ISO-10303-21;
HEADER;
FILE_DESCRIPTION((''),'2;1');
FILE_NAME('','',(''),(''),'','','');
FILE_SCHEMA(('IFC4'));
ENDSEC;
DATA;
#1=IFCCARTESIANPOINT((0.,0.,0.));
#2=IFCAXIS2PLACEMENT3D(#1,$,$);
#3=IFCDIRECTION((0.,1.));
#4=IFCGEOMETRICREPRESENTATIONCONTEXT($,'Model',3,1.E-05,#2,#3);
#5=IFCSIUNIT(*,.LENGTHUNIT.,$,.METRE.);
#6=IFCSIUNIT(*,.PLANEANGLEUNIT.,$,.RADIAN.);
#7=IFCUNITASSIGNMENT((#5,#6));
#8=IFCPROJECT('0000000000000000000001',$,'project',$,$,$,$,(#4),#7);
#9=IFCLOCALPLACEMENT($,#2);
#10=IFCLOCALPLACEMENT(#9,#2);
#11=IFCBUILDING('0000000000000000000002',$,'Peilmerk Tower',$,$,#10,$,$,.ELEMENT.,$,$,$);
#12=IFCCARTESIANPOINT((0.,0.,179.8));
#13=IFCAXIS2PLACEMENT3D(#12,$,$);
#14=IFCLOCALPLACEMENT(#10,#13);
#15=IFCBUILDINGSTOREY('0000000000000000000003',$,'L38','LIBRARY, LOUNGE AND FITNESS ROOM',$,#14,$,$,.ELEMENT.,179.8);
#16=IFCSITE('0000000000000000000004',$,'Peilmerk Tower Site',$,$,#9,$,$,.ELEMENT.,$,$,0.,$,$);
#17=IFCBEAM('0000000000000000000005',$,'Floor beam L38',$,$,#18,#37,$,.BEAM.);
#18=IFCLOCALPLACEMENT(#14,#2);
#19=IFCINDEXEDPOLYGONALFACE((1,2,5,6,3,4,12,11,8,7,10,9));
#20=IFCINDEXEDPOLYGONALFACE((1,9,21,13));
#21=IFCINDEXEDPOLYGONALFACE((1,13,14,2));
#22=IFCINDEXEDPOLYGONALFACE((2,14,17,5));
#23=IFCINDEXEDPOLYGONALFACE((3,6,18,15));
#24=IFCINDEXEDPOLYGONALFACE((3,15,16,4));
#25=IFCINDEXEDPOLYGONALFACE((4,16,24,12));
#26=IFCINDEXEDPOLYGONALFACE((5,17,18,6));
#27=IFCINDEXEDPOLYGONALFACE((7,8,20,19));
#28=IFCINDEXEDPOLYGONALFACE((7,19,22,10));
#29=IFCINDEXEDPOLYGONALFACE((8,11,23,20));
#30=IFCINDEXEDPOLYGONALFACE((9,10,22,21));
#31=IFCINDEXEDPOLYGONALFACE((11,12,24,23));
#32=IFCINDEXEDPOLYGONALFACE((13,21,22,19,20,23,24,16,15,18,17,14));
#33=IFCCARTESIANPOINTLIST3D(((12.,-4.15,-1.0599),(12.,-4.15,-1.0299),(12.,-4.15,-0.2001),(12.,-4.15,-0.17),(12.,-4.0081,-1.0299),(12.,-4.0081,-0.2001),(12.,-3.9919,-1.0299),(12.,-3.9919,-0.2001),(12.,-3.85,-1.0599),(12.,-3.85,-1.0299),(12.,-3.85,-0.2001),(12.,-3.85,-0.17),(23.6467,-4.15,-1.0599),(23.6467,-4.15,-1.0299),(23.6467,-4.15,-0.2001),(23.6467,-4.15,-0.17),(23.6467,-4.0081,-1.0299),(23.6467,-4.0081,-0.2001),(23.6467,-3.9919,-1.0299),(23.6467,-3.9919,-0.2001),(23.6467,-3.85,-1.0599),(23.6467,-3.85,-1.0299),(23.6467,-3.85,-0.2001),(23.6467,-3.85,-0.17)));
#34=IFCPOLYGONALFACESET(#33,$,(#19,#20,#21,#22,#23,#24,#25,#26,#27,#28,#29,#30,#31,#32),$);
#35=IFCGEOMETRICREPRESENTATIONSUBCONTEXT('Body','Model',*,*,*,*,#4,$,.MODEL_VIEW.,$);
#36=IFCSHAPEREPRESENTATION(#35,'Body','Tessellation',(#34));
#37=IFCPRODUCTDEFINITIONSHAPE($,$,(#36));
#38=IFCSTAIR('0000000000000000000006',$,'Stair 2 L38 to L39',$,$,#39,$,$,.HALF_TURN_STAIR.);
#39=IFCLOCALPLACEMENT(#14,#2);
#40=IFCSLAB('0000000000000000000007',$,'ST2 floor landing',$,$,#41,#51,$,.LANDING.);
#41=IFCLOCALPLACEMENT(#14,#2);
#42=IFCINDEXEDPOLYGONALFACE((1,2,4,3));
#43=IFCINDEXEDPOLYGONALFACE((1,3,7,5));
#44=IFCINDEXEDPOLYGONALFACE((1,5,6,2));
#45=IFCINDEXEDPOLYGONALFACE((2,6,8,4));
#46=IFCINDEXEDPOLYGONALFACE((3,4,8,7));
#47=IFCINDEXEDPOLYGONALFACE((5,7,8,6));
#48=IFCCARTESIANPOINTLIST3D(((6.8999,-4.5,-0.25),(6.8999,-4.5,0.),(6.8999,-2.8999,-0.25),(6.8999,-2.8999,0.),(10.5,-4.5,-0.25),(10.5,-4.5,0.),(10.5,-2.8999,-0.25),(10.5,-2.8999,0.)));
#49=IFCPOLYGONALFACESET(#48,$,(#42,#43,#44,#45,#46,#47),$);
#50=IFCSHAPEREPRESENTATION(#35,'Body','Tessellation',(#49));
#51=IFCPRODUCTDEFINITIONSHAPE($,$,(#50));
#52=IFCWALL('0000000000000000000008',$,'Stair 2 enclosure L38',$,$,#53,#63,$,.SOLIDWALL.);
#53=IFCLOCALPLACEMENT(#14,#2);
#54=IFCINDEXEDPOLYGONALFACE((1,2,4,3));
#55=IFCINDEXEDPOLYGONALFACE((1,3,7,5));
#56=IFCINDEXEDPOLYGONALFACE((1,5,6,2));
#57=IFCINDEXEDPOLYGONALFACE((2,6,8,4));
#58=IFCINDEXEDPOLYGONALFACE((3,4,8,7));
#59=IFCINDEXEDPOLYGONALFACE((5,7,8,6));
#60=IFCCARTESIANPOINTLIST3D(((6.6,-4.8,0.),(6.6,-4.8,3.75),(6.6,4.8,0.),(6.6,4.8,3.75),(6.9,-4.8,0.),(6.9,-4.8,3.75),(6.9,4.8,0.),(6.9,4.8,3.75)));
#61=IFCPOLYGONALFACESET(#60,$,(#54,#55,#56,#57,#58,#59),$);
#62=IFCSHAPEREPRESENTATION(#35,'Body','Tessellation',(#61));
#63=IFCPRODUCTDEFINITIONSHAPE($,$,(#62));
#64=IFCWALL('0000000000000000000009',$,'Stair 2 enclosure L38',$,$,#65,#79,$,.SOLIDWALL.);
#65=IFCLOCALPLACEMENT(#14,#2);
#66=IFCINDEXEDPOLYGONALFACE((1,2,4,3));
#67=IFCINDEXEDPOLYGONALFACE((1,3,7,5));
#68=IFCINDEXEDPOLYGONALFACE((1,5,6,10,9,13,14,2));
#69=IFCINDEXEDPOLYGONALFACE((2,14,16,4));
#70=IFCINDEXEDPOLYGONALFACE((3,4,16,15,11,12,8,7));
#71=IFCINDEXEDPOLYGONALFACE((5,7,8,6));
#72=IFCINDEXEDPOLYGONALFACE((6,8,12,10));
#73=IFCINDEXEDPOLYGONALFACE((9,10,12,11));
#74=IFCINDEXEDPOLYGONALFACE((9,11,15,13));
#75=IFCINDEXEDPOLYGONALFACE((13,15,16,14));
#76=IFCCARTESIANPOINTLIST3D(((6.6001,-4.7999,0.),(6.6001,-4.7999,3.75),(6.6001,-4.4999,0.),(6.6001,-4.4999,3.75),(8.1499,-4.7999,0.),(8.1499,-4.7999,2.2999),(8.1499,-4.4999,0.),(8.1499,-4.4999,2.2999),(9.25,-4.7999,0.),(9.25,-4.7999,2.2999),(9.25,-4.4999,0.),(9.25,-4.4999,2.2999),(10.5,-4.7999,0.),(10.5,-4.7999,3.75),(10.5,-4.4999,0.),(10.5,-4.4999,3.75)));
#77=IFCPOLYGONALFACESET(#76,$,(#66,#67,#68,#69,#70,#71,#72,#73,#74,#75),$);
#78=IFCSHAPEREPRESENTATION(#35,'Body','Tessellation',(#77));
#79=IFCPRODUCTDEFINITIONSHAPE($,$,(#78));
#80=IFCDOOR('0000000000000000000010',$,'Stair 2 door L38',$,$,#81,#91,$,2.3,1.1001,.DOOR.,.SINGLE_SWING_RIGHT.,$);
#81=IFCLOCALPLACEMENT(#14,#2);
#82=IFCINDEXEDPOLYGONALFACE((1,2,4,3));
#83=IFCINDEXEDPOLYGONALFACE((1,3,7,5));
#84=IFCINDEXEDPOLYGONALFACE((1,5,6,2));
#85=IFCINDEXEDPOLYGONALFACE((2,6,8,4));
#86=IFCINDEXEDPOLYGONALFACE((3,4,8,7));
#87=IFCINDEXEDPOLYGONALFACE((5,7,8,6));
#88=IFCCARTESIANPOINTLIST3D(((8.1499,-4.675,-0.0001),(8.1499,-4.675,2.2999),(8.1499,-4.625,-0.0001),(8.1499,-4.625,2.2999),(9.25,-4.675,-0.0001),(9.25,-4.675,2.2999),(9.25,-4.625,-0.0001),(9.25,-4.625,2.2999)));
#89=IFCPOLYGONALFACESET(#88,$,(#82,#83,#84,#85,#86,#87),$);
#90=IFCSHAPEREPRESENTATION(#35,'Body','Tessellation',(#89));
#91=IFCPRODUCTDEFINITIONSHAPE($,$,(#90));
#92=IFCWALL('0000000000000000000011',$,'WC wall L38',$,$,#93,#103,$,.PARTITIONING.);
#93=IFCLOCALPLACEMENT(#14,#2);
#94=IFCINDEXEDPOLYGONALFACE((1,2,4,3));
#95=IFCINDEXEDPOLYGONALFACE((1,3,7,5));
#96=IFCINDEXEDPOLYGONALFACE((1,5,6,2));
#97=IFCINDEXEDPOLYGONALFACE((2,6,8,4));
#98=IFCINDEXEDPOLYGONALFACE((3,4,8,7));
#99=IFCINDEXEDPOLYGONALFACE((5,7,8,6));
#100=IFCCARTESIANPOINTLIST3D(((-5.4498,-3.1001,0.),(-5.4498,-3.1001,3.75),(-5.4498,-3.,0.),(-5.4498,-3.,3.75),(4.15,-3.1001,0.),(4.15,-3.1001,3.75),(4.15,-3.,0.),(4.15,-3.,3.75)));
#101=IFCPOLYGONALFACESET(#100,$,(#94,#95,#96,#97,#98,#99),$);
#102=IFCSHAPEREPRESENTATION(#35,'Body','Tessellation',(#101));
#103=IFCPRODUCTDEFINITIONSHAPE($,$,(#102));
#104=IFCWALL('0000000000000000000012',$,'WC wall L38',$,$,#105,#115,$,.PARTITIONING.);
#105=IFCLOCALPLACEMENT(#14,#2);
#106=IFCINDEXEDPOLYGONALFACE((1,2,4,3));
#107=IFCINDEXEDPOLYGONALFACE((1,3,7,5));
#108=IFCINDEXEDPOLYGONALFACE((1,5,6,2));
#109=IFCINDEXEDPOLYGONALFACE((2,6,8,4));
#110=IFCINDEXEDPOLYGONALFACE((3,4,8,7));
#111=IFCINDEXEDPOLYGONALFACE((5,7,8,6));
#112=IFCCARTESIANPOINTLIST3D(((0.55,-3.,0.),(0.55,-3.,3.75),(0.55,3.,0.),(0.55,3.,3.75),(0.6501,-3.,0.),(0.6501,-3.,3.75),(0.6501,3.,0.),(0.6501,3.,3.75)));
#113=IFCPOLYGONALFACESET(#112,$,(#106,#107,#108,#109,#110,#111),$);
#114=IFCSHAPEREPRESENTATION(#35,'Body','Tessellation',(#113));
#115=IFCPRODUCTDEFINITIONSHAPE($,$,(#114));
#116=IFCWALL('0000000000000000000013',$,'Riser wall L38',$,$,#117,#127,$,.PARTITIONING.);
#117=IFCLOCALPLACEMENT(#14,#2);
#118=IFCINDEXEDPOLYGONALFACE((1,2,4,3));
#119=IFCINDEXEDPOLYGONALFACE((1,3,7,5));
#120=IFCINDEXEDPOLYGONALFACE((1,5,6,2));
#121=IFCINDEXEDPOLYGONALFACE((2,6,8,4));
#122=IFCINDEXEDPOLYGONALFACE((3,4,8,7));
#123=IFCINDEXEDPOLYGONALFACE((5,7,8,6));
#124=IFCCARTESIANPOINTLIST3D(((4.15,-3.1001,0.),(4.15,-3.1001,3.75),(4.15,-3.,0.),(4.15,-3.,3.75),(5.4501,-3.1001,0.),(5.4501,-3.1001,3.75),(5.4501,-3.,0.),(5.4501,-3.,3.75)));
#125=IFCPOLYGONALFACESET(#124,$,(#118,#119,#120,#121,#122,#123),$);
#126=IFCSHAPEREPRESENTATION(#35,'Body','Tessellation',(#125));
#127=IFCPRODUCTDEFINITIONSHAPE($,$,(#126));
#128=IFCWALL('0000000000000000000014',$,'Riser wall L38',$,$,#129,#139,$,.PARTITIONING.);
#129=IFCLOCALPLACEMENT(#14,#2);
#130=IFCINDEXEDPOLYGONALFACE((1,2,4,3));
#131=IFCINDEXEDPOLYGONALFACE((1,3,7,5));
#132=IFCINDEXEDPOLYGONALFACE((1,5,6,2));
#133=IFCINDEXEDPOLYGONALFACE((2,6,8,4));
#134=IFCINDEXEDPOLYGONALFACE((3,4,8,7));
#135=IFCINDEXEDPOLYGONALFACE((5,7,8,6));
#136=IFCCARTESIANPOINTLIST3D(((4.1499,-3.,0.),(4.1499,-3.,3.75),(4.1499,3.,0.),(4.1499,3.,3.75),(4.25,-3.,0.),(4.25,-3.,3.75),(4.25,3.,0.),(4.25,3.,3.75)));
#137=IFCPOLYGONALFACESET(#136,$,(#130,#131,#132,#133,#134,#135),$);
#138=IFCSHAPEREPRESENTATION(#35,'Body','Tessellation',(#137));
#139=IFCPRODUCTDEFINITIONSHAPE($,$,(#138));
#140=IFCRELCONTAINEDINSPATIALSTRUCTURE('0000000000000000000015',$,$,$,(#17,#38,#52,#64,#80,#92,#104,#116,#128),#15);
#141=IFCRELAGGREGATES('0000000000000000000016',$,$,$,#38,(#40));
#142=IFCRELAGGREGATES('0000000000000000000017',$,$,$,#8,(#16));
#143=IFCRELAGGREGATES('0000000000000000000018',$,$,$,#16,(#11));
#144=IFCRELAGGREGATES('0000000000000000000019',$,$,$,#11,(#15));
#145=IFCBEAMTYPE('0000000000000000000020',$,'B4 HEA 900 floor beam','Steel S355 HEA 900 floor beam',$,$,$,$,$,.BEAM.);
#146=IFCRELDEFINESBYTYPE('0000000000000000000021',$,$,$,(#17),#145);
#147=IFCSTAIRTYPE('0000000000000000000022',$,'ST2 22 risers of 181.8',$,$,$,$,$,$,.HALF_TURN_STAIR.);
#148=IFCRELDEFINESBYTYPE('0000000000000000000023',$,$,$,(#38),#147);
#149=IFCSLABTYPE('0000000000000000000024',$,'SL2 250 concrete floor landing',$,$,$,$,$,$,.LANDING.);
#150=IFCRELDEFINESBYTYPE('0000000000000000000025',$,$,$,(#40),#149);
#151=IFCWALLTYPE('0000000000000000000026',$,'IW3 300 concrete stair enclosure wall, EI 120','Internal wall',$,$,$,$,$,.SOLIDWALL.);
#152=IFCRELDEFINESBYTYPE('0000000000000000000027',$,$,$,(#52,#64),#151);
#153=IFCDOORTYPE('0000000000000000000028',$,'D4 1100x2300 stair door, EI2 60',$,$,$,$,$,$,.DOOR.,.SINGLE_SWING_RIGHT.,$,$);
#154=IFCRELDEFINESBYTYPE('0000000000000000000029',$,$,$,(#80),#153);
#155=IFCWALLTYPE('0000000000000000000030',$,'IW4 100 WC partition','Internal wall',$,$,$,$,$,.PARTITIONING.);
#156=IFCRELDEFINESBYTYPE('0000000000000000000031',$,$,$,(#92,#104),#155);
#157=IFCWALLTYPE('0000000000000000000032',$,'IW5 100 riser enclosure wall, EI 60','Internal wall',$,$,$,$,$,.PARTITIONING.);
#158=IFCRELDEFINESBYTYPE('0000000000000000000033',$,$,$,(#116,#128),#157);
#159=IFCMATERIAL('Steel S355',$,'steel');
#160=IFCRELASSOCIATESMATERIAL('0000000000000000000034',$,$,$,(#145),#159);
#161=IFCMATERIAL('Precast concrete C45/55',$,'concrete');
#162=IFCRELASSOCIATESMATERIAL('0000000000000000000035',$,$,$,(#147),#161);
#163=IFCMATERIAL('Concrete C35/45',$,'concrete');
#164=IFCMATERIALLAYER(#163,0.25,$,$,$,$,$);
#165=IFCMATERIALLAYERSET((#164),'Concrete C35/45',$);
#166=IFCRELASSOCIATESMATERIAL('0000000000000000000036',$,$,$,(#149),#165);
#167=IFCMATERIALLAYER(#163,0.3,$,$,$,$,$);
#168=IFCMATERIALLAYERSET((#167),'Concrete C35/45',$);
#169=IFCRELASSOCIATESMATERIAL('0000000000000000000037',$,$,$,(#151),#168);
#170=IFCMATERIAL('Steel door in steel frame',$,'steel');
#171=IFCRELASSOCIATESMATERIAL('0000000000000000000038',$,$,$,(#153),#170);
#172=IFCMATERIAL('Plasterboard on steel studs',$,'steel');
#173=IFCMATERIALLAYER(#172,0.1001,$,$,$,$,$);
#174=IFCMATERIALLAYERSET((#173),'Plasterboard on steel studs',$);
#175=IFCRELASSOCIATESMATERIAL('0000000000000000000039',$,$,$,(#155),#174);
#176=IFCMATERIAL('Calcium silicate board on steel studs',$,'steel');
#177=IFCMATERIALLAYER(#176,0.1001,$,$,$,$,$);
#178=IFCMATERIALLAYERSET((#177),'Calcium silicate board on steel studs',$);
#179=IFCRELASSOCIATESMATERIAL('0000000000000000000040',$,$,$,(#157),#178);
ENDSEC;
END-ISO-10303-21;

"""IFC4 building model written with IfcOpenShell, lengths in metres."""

from ifc_helpers import new_model, si_unit, direction, frame, frame_2d, origin, origin_2d, place, context, subcontext, project, spatial, polyline, rectangle, i_section, outline, extrude, material, layer, layer_set, material_profile, profile_set, type_object, element, fill, aggregate, save


model = new_model("IFC4")

# Units and contexts
model_context = context("Model", 3, precision=1e-05, world=origin(), true_north=direction((0.0, 1.0)))
body_context = subcontext(model_context, "Body", "Model", "MODEL_VIEW")
ifc_project = project(units=[si_unit("LENGTHUNIT", "METRE"), si_unit("PLANEANGLEUNIT", "RADIAN")], contexts=[model_context])

# Site, building, storey
site_placement = place(None, origin())
site = spatial("IfcSite", under=ifc_project, at=site_placement, Name="Peilmerk Tower Site", CompositionType="ELEMENT", RefElevation=0.0)
building_placement = place(site_placement, origin())
building = spatial("IfcBuilding", under=site, at=building_placement, Name="Peilmerk Tower", CompositionType="ELEMENT")
storey_placement = place(building_placement, frame((0.0, 0.0, 179.8)))
storey = spatial("IfcBuildingStorey", under=building, at=storey_placement, Name="L38", Description="LIBRARY, LOUNGE AND FITNESS ROOM", CompositionType="ELEMENT", Elevation=179.8)

# Beam
ifc_material_1 = material(Name="Steel S355", Category="steel")
ifc_material_profile = material_profile(ifc_material_1, i_section(OverallWidth=0.3, OverallDepth=0.8899, WebThickness=0.0161, FlangeThickness=0.03, at=origin_2d()), Name="HEA 900")
ifc_profile_set = profile_set([ifc_material_profile], Name="Steel S355")
beam_type = type_object("IfcBeamType", Name="B4 HEA 900 floor beam", Description="Steel S355 HEA 900 floor beam", PredefinedType="BEAM", material=ifc_profile_set)
beam_placement = place(storey_placement, frame((12.0, -4.0, -0.615), z_axis=(1.0, 0.0, 0.0), x_axis=(0.0, 1.0, 0.0)))
element("IfcBeam", 1, at=beam_placement, inside=storey, type_object=beam_type, Name="Floor beam L38", PredefinedType="BEAM", context=body_context, shape_type="SweptSolid", body=[
    extrude(i_section(OverallWidth=0.3, OverallDepth=0.8899, WebThickness=0.0161, FlangeThickness=0.03, at=origin_2d()), origin(), (0.0, 0.0, 1.0), 11.6467),
])

# Stair, slab
ifc_material_2 = material(Name="Precast concrete C45/55", Category="concrete")
stair_type = type_object("IfcStairType", Name="ST2 22 risers of 181.8", PredefinedType="HALF_TURN_STAIR", material=ifc_material_2)
stair_placement = place(storey_placement, origin())
stair = element("IfcStair", 2, at=stair_placement, inside=storey, type_object=stair_type, Name="Stair 2 L38 to L39", PredefinedType="HALF_TURN_STAIR")
ifc_material_3 = material(Name="Concrete C35/45", Category="concrete")
ifc_layer_1 = layer(ifc_material_3, 0.25)
ifc_layer_set_1 = layer_set([ifc_layer_1], Name="Concrete C35/45")
slab_type = type_object("IfcSlabType", Name="SL2 250 concrete floor landing", PredefinedType="LANDING", material=ifc_layer_set_1)
slab_placement = place(storey_placement, frame((0.0, 0.0, -0.25)))
slab = element("IfcSlab", 3, at=slab_placement, type_object=slab_type, Name="ST2 floor landing", PredefinedType="LANDING", context=body_context, shape_type="SweptSolid", body=[
    extrude(outline(polyline([(6.8999, -4.5), (10.5, -4.5), (10.5, -2.8999), (6.8999, -2.8999), (6.8999, -4.5)])), origin(), (0.0, 0.0, 1.0), 0.25),
])

# Wall
ifc_layer_2 = layer(ifc_material_3, 0.3)
ifc_layer_set_2 = layer_set([ifc_layer_2], Name="Concrete C35/45")
wall_type_1 = type_object("IfcWallType", Name="IW3 300 concrete stair enclosure wall, EI 120", Description="Internal wall", PredefinedType="SOLIDWALL", material=ifc_layer_set_2)
wall_1_placement = place(storey_placement, frame((6.75, -4.8, 0.0), z_axis=(0.0, 0.0, 1.0), x_axis=(0.0, 1.0, 0.0)))
element("IfcWall", 4, at=wall_1_placement, inside=storey, type_object=wall_type_1, Name="Stair 2 enclosure L38", PredefinedType="SOLIDWALL", context=body_context, shape_type="SweptSolid", body=[
    extrude(rectangle(XDim=9.6001, YDim=0.3, at=frame_2d((4.8, 0.0))), origin(), (0.0, 0.0, 1.0), 3.75),
])

# Wall, opening, door
wall_2_placement = place(storey_placement, frame((10.5, -4.6499, 0.0), z_axis=(0.0, 0.0, 1.0), x_axis=(-1.0, 0.0, 0.0)))
wall_2 = element("IfcWall", 5, at=wall_2_placement, inside=storey, type_object=wall_type_1, Name="Stair 2 enclosure L38", PredefinedType="SOLIDWALL", context=body_context, shape_type="SweptSolid", body=[
    extrude(rectangle(XDim=3.8999, YDim=0.3, at=frame_2d((1.95, 0.0))), origin(), (0.0, 0.0, 1.0), 3.75),
])
opening_1_placement = place(wall_2_placement, frame((1.25, 0.0, 0.0)))
opening_1 = element("IfcOpeningElement", 6, at=opening_1_placement, cuts=wall_2, PredefinedType="OPENING", context=body_context, shape_type="SweptSolid", body=[
    extrude(rectangle(XDim=1.1001, YDim=2.3, at=frame_2d((0.55, 1.1499))), frame((0.0, 0.1599, 0.0), z_axis=(0.0, -1.0, 0.0), x_axis=(1.0, 0.0, 0.0)), (0.0, 0.0, 1.0), 0.3201),
])
ifc_material_4 = material(Name="Steel door in steel frame", Category="steel")
door_type_1 = type_object("IfcDoorType", Name="D4 1100x2300 stair door, EI2 60", OperationType="SINGLE_SWING_RIGHT", PredefinedType="DOOR", material=ifc_material_4)
door_1_placement = place(opening_1_placement, frame((1.1001, 0.0, 0.0), z_axis=(0.0, 0.0, 1.0), x_axis=(-1.0, 0.0, 0.0)))
door_1 = element("IfcDoor", 7, at=door_1_placement, inside=storey, type_object=door_type_1, Name="Stair 2 door L38", OperationType="SINGLE_SWING_RIGHT", OverallHeight=2.3, OverallWidth=1.1001, PredefinedType="DOOR", context=body_context, shape_type="SweptSolid", body=[
    extrude(rectangle(XDim=1.1001, YDim=2.3, at=frame_2d((0.55, 1.1499))), frame((0.0, 0.0249, 0.0), z_axis=(0.0, -1.0, 0.0), x_axis=(1.0, 0.0, 0.0)), (0.0, 0.0, 1.0), 0.05),
])
fill(opening_1, door_1)

# Walls
ifc_material_5 = material(Name="Plasterboard on steel studs", Category="steel")
ifc_layer_3 = layer(ifc_material_5, 0.1001)
ifc_layer_set_3 = layer_set([ifc_layer_3], Name="Plasterboard on steel studs")
wall_type_2 = type_object("IfcWallType", Name="IW4 100 WC partition", Description="Internal wall", PredefinedType="PARTITIONING", material=ifc_layer_set_3)
wall_3_placement = place(storey_placement, frame((4.1499, -3.05, 0.0), z_axis=(0.0, 0.0, 1.0), x_axis=(-1.0, 0.0, 0.0)))
element("IfcWall", 8, at=wall_3_placement, inside=storey, type_object=wall_type_2, Name="WC wall L38", PredefinedType="PARTITIONING", context=body_context, shape_type="SweptSolid", body=[
    extrude(rectangle(XDim=9.5999, YDim=0.1001, at=frame_2d((4.7998, 0.0))), origin(), (0.0, 0.0, 1.0), 3.75),
])
wall_4_placement = place(storey_placement, frame((0.6001, -3.0, 0.0), z_axis=(0.0, 0.0, 1.0), x_axis=(0.0, 1.0, 0.0)))
element("IfcWall", 9, at=wall_4_placement, inside=storey, type_object=wall_type_2, Name="WC wall L38", PredefinedType="PARTITIONING", context=body_context, shape_type="SweptSolid", body=[
    extrude(rectangle(XDim=6.0, YDim=0.1001, at=frame_2d((3.0, 0.0))), origin(), (0.0, 0.0, 1.0), 3.75),
])
ifc_material_6 = material(Name="Calcium silicate board on steel studs", Category="steel")
ifc_layer_4 = layer(ifc_material_6, 0.1001)
ifc_layer_set_4 = layer_set([ifc_layer_4], Name="Calcium silicate board on steel studs")
wall_type_3 = type_object("IfcWallType", Name="IW5 100 riser enclosure wall, EI 60", Description="Internal wall", PredefinedType="PARTITIONING", material=ifc_layer_set_4)
wall_5_placement = place(storey_placement, frame((5.45, -3.05, 0.0), z_axis=(0.0, 0.0, 1.0), x_axis=(-1.0, 0.0, 0.0)))
element("IfcWall", 10, at=wall_5_placement, inside=storey, type_object=wall_type_3, Name="Riser wall L38", PredefinedType="PARTITIONING", context=body_context, shape_type="SweptSolid", body=[
    extrude(rectangle(XDim=1.3, YDim=0.1001, at=frame_2d((0.6499, 0.0))), origin(), (0.0, 0.0, 1.0), 3.75),
])
wall_6_placement = place(storey_placement, frame((4.2, -3.0, 0.0), z_axis=(0.0, 0.0, 1.0), x_axis=(0.0, 1.0, 0.0)))
element("IfcWall", 11, at=wall_6_placement, inside=storey, type_object=wall_type_3, Name="Riser wall L38", PredefinedType="PARTITIONING", context=body_context, shape_type="SweptSolid", body=[
    extrude(rectangle(XDim=6.0, YDim=0.1001, at=frame_2d((3.0, 0.0))), origin(), (0.0, 0.0, 1.0), 3.75),
])

aggregate(stair, [slab])

save(model, "model.ifc")
